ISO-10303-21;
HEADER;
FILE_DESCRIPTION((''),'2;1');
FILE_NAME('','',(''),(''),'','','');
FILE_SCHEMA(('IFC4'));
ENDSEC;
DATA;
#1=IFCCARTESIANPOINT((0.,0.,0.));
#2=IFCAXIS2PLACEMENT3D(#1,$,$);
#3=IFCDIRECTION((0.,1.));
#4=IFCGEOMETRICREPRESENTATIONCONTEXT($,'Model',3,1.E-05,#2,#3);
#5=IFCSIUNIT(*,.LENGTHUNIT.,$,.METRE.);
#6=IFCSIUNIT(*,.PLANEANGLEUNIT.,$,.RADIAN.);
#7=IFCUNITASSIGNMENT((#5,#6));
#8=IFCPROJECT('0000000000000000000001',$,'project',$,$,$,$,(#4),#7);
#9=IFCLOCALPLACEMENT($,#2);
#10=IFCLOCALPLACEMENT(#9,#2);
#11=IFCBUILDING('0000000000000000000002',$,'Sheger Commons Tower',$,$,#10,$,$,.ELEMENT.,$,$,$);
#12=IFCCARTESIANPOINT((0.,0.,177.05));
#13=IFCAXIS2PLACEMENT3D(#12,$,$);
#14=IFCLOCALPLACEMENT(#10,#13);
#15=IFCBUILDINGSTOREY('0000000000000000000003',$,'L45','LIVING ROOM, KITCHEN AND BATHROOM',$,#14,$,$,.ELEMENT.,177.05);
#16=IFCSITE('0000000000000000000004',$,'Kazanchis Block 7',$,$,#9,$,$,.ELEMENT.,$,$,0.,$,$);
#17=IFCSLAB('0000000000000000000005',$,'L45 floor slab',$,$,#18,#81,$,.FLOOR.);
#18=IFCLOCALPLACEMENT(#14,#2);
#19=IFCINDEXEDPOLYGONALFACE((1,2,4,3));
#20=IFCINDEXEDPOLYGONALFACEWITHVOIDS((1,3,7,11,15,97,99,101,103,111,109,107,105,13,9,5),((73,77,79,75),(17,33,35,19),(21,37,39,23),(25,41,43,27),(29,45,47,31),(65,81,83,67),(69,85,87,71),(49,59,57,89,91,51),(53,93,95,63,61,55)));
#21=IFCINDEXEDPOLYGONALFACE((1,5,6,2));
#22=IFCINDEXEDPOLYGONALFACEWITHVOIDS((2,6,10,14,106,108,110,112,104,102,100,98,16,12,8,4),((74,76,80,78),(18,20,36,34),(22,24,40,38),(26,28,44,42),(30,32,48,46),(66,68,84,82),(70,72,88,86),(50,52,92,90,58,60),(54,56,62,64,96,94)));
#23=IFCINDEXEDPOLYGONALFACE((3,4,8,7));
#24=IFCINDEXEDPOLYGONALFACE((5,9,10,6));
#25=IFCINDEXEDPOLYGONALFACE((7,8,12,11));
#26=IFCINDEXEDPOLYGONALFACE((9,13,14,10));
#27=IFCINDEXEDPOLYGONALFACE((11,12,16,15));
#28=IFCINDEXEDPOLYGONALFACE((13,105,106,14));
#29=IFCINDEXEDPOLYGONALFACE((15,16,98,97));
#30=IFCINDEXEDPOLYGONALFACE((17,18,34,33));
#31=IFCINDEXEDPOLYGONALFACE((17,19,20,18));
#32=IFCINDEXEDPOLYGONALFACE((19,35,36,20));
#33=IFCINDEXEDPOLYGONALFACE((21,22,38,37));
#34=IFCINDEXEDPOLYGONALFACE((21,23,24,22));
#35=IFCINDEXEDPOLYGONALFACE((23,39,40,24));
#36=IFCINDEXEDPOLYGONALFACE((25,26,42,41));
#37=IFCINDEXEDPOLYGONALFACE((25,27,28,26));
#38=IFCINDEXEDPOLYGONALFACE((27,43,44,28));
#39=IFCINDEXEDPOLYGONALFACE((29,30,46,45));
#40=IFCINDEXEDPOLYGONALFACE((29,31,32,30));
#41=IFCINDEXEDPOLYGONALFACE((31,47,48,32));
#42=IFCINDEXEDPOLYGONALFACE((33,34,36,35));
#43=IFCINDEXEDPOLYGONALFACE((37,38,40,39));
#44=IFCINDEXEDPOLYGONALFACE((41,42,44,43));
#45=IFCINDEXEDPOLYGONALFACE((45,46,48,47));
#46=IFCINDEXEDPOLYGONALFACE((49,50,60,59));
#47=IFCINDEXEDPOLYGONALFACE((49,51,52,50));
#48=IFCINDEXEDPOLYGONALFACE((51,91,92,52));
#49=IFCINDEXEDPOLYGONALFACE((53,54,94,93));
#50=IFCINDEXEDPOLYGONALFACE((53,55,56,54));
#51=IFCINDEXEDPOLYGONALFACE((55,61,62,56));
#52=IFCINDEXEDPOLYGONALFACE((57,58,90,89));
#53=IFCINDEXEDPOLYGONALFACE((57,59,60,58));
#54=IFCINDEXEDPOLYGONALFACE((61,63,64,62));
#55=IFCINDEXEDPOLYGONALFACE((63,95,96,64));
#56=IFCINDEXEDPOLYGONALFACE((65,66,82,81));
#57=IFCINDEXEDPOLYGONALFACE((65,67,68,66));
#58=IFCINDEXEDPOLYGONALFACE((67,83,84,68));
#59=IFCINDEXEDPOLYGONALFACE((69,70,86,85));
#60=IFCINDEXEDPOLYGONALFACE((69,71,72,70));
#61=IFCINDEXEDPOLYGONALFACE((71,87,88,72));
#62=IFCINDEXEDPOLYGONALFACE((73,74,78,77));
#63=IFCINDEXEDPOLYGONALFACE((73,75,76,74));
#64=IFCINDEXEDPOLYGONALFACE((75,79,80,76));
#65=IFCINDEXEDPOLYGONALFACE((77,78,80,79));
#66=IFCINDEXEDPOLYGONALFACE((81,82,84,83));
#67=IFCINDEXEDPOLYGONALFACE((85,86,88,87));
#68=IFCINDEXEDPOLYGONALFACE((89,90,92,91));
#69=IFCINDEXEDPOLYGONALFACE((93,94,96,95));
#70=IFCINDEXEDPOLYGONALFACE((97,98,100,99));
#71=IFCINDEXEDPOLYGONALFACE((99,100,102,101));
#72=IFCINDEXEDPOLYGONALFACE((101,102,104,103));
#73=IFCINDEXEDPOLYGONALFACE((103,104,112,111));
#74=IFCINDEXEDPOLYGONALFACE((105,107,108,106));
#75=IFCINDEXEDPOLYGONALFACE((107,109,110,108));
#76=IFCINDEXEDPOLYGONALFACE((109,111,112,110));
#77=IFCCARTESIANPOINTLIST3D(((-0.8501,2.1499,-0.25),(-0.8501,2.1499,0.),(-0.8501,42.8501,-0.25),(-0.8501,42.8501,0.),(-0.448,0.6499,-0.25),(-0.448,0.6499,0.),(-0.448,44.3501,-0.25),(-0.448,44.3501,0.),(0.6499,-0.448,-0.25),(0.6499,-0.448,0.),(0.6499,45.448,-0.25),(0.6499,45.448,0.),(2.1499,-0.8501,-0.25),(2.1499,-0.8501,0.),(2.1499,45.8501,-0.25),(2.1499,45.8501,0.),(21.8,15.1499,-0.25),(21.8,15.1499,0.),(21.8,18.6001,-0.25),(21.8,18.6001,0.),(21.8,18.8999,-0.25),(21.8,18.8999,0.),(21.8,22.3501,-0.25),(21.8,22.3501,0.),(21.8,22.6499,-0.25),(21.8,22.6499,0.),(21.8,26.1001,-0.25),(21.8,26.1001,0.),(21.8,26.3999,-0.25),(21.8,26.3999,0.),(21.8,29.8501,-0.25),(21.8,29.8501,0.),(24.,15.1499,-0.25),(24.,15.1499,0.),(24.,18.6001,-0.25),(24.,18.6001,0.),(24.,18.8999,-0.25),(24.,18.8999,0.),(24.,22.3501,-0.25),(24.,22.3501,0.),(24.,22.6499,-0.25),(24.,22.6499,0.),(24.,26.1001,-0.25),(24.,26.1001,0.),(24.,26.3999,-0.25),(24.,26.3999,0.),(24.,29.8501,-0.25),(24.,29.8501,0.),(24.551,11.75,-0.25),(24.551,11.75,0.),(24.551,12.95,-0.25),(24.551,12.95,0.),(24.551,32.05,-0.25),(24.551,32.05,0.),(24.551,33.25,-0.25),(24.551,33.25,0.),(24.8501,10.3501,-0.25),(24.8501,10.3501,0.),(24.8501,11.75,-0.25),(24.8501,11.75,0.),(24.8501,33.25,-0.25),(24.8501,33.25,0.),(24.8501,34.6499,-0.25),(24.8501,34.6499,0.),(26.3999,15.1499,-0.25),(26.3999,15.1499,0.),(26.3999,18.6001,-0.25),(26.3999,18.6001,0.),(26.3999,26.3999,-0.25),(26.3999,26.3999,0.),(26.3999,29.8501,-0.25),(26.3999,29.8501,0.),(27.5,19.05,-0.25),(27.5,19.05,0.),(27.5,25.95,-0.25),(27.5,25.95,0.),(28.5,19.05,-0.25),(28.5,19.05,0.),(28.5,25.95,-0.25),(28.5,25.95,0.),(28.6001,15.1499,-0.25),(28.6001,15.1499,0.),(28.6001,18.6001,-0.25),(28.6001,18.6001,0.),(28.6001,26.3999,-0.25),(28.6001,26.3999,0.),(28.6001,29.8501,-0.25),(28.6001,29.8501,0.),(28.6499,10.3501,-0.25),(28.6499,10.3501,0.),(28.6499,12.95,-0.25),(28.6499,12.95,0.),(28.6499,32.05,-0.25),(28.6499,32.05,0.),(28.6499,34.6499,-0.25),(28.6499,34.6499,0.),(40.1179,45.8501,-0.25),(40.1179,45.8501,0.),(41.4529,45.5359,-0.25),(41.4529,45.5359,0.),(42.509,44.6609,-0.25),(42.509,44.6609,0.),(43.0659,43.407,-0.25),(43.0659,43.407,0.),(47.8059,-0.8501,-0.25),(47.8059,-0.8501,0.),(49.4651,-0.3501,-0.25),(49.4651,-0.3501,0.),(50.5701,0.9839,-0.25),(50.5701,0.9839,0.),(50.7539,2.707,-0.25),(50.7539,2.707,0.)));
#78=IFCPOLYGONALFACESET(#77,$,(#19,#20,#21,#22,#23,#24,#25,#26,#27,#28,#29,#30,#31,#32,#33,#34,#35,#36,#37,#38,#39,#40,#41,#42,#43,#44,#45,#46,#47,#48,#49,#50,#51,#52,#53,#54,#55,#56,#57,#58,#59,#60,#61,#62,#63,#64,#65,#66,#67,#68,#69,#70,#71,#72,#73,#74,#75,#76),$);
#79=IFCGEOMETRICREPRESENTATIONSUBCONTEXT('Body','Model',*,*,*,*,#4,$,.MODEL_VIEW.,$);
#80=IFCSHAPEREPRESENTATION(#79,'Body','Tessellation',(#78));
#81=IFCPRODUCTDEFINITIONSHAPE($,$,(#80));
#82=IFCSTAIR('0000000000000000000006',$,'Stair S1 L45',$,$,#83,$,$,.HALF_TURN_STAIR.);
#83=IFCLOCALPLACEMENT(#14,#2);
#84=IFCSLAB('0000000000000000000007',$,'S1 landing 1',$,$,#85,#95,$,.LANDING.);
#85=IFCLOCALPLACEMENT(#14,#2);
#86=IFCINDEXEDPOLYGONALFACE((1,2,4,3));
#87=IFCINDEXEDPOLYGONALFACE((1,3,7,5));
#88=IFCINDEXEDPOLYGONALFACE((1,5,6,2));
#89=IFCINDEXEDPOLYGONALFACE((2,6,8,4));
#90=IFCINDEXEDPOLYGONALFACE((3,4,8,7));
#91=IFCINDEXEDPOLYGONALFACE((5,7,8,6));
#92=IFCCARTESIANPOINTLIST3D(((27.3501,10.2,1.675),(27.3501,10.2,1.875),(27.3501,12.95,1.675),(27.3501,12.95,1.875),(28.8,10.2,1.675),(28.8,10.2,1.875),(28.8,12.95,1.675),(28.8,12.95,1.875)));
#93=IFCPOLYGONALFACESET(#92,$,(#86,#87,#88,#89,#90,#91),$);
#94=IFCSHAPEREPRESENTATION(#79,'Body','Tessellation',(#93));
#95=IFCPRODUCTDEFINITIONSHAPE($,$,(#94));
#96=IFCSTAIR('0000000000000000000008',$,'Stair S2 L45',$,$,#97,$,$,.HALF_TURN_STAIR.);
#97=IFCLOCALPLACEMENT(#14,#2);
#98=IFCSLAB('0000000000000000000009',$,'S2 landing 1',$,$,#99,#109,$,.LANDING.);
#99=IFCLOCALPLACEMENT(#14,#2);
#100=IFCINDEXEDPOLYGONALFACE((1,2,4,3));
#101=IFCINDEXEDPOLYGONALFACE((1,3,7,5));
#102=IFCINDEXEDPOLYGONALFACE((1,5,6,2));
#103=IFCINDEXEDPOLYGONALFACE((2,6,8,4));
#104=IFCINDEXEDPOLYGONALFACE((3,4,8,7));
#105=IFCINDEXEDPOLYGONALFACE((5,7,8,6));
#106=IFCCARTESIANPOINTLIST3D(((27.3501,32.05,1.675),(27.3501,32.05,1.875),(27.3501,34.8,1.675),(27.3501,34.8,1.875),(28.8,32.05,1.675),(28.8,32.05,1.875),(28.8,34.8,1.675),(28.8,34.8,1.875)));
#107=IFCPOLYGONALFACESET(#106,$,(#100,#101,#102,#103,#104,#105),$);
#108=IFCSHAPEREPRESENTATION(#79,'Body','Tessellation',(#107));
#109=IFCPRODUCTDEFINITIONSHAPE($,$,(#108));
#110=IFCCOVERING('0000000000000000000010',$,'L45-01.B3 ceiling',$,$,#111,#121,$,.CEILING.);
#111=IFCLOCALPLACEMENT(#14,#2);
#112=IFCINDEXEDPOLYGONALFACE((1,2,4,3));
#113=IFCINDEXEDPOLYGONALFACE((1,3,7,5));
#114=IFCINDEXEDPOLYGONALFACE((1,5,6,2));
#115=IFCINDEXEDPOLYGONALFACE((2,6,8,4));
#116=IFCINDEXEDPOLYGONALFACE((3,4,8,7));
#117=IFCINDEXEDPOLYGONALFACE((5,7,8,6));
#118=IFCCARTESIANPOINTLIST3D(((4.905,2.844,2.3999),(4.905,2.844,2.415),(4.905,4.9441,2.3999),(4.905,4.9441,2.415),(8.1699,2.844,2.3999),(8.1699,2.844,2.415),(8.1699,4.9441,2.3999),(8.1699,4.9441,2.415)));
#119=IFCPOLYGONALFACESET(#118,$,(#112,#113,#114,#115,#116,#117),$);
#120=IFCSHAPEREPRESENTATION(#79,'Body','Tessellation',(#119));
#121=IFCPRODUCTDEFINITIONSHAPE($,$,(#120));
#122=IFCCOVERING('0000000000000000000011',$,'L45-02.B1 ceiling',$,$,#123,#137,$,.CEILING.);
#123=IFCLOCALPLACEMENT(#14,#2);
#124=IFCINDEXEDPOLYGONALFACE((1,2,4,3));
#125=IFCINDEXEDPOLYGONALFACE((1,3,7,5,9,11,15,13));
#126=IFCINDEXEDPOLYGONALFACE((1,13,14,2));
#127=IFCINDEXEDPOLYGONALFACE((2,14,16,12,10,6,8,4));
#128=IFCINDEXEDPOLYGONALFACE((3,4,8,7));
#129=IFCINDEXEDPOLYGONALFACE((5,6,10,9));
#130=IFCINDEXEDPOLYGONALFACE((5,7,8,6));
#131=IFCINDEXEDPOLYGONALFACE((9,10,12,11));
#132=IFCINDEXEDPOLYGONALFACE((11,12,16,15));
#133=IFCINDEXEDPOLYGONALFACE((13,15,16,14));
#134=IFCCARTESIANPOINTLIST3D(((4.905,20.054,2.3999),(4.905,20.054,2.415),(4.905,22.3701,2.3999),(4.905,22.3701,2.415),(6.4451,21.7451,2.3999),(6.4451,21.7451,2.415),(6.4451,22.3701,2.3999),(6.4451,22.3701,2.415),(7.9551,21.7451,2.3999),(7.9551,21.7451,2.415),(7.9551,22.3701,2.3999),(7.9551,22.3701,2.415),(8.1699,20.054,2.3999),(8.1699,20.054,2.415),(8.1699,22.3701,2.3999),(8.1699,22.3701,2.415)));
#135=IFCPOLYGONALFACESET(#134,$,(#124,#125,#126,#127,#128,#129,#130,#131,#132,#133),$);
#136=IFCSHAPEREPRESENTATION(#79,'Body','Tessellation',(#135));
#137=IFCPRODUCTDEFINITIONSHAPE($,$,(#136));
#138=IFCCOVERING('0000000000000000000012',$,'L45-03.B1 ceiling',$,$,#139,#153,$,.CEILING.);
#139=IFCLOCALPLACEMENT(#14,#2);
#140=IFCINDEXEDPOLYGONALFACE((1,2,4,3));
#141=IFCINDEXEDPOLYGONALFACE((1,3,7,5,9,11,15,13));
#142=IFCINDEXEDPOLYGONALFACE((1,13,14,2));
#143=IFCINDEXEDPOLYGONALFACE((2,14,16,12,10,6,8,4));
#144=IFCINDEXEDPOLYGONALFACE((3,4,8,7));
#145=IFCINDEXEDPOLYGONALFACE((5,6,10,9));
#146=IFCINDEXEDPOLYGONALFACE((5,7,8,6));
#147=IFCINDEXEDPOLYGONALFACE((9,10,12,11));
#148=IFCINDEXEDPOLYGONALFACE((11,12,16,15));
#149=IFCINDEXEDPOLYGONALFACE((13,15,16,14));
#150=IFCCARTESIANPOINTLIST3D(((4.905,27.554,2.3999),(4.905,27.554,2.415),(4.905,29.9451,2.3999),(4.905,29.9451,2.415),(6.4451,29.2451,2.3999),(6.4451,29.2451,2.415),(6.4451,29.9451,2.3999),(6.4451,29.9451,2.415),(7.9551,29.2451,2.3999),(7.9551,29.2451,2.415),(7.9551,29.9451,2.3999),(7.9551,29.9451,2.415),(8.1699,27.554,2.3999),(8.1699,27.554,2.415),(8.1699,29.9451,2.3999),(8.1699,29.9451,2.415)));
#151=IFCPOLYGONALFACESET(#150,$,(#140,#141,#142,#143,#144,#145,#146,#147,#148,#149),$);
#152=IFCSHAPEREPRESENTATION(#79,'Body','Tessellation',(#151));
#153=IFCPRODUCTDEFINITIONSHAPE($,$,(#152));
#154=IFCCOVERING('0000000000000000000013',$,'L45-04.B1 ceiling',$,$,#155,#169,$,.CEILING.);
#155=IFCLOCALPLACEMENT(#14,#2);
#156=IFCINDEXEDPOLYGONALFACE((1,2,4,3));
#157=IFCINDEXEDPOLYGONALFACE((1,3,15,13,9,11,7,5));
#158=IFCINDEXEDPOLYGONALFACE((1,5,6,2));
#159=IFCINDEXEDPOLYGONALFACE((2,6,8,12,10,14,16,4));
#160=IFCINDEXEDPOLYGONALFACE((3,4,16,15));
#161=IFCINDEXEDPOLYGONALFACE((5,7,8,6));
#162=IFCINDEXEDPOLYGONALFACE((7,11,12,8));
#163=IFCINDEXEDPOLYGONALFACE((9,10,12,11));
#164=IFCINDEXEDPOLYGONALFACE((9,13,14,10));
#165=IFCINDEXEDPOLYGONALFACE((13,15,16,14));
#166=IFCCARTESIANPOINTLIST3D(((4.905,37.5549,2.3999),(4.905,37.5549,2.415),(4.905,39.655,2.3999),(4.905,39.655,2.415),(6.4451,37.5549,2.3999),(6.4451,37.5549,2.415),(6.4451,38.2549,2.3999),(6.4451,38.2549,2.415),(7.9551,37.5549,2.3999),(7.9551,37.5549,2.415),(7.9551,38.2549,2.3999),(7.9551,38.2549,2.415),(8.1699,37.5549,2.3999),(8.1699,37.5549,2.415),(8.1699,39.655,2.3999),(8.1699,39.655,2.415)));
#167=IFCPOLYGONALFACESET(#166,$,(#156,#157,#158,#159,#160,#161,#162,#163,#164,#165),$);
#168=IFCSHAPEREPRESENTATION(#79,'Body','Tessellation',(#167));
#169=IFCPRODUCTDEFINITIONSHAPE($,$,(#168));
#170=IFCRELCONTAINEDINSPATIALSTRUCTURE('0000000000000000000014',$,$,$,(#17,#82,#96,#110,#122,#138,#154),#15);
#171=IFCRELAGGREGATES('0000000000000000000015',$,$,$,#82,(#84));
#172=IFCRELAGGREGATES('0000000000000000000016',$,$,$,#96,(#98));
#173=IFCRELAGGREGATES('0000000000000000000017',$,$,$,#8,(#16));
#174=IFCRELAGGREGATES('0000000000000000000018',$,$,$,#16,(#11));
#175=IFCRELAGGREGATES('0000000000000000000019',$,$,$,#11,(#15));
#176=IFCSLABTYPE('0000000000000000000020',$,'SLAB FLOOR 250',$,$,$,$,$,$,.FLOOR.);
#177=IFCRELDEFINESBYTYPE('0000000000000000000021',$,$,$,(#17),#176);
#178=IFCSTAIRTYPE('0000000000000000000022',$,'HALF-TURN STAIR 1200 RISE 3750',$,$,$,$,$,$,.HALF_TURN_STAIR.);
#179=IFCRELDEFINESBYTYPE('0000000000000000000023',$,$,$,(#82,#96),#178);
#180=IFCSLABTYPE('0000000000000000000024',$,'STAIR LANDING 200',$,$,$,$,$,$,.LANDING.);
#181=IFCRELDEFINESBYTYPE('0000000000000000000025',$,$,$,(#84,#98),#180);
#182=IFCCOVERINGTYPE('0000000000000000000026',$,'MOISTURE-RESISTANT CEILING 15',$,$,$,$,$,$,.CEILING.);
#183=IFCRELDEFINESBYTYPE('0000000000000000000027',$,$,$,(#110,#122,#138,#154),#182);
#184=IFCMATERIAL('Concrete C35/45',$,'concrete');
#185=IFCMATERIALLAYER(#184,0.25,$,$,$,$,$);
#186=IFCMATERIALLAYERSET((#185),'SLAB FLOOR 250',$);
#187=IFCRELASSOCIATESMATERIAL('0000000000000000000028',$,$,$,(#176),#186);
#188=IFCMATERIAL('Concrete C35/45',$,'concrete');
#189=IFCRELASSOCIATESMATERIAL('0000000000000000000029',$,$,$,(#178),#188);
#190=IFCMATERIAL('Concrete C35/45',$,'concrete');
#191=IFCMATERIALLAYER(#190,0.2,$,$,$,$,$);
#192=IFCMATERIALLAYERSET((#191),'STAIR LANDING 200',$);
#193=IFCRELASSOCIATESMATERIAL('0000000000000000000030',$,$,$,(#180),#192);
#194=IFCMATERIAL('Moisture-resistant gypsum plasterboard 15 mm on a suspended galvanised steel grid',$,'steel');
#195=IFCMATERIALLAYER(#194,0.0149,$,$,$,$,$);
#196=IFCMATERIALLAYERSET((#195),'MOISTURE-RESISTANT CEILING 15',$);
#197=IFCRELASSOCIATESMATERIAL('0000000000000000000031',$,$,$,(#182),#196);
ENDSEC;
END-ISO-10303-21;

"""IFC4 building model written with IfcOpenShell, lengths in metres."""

from ifc_helpers import new_model, si_unit, direction, frame, origin, place, context, subcontext, project, spatial, polyline, outline, extrude, material, layer, layer_set, type_object, element, aggregate, save


model = new_model("IFC4")

# Units and contexts
model_context = context("Model", 3, precision=1e-05, world=origin(), true_north=direction((0.0, 1.0)))
body_context = subcontext(model_context, "Body", "Model", "MODEL_VIEW")
ifc_project = project(units=[si_unit("LENGTHUNIT", "METRE"), si_unit("PLANEANGLEUNIT", "RADIAN")], contexts=[model_context])

# Site, building, storey
site_placement = place(None, origin())
site = spatial("IfcSite", under=ifc_project, at=site_placement, Name="Kazanchis Block 7", CompositionType="ELEMENT", RefElevation=0.0)
building_placement = place(site_placement, origin())
building = spatial("IfcBuilding", under=site, at=building_placement, Name="Sheger Commons Tower", CompositionType="ELEMENT")
storey_placement = place(building_placement, frame((0.0, 0.0, 177.05)))
storey = spatial("IfcBuildingStorey", under=building, at=storey_placement, Name="L45", Description="LIVING ROOM, KITCHEN AND BATHROOM", CompositionType="ELEMENT", Elevation=177.05)

# Slab
ifc_material_1 = material(Name="Concrete C35/45", Category="concrete")
ifc_layer_1 = layer(ifc_material_1, 0.25)
ifc_layer_set_1 = layer_set([ifc_layer_1], Name="SLAB FLOOR 250")
slab_type_1 = type_object("IfcSlabType", Name="SLAB FLOOR 250", PredefinedType="FLOOR", material=ifc_layer_set_1)
slab_1_placement = place(storey_placement, frame((0.0, 0.0, -0.25)))
element("IfcSlab", 1, at=slab_1_placement, inside=storey, type_object=slab_type_1, Name="L45 floor slab", PredefinedType="FLOOR", context=body_context, shape_type="SweptSolid", body=[
    extrude(outline(polyline([(-0.8501, 2.1499), (-0.448, 0.6499), (0.6499, -0.448), (2.1499, -0.8501), (47.8059, -0.8501), (49.4651, -0.3501), (50.5701, 0.9839), (50.7539, 2.707), (43.0659, 43.407), (42.509, 44.6609), (41.4529, 45.5359), (40.1179, 45.8501), (2.1499, 45.8501), (0.6499, 45.448), (-0.448, 44.3501), (-0.8501, 42.8501), (-0.8501, 2.1499)]), holes=[polyline([(24.8501, 10.3501), (28.6499, 10.3501), (28.6499, 12.95), (24.551, 12.95), (24.551, 11.75), (24.8501, 11.75), (24.8501, 10.3501)]), polyline([(24.551, 32.05), (28.6499, 32.05), (28.6499, 34.6499), (24.8501, 34.6499), (24.8501, 33.25), (24.551, 33.25), (24.551, 32.05)]), polyline([(26.3999, 15.1499), (28.6001, 15.1499), (28.6001, 18.6001), (26.3999, 18.6001), (26.3999, 15.1499)]), polyline([(26.3999, 26.3999), (28.6001, 26.3999), (28.6001, 29.8501), (26.3999, 29.8501), (26.3999, 26.3999)]), polyline([(21.8, 15.1499), (24.0, 15.1499), (24.0, 18.6001), (21.8, 18.6001), (21.8, 15.1499)]), polyline([(21.8, 18.8999), (24.0, 18.8999), (24.0, 22.3501), (21.8, 22.3501), (21.8, 18.8999)]), polyline([(21.8, 22.6499), (24.0, 22.6499), (24.0, 26.1001), (21.8, 26.1001), (21.8, 22.6499)]), polyline([(21.8, 26.3999), (24.0, 26.3999), (24.0, 29.8501), (21.8, 29.8501), (21.8, 26.3999)]), polyline([(27.5, 19.05), (28.5, 19.05), (28.5, 25.95), (27.5, 25.95), (27.5, 19.05)])]), origin(), (0.0, 0.0, 1.0), 0.25),
])

# Stairs, slabs
ifc_material_2 = material(Name="Concrete C35/45", Category="concrete")
stair_type = type_object("IfcStairType", Name="HALF-TURN STAIR 1200 RISE 3750", PredefinedType="HALF_TURN_STAIR", material=ifc_material_2)
stair_1_placement = place(storey_placement, origin())
stair_1 = element("IfcStair", 2, at=stair_1_placement, inside=storey, type_object=stair_type, Name="Stair S1 L45", PredefinedType="HALF_TURN_STAIR")
ifc_material_3 = material(Name="Concrete C35/45", Category="concrete")
ifc_layer_2 = layer(ifc_material_3, 0.2)
ifc_layer_set_2 = layer_set([ifc_layer_2], Name="STAIR LANDING 200")
slab_type_2 = type_object("IfcSlabType", Name="STAIR LANDING 200", PredefinedType="LANDING", material=ifc_layer_set_2)
slab_2_placement = place(storey_placement, frame((0.0, 0.0, 1.675)))
slab_2 = element("IfcSlab", 3, at=slab_2_placement, type_object=slab_type_2, Name="S1 landing 1", PredefinedType="LANDING", context=body_context, shape_type="SweptSolid", body=[
    extrude(outline(polyline([(27.3501, 10.2), (28.8, 10.2), (28.8, 12.95), (27.3501, 12.95), (27.3501, 10.2)])), origin(), (0.0, 0.0, 1.0), 0.2),
])
aggregate(stair_1, [slab_2])
stair_2_placement = place(storey_placement, origin())
stair_2 = element("IfcStair", 4, at=stair_2_placement, inside=storey, type_object=stair_type, Name="Stair S2 L45", PredefinedType="HALF_TURN_STAIR")
slab_3_placement = place(storey_placement, frame((0.0, 0.0, 1.675)))
slab_3 = element("IfcSlab", 5, at=slab_3_placement, type_object=slab_type_2, Name="S2 landing 1", PredefinedType="LANDING", context=body_context, shape_type="SweptSolid", body=[
    extrude(outline(polyline([(27.3501, 32.05), (28.8, 32.05), (28.8, 34.8), (27.3501, 34.8), (27.3501, 32.05)])), origin(), (0.0, 0.0, 1.0), 0.2),
])
aggregate(stair_2, [slab_3])

# Coverings
ifc_material_4 = material(Name="Moisture-resistant gypsum plasterboard 15 mm on a suspended galvanised steel grid", Category="steel")
ifc_layer_3 = layer(ifc_material_4, 0.0149)
ifc_layer_set_3 = layer_set([ifc_layer_3], Name="MOISTURE-RESISTANT CEILING 15")
covering_type_1 = type_object("IfcCoveringType", Name="MOISTURE-RESISTANT CEILING 15", PredefinedType="CEILING", material=ifc_layer_set_3)
covering_1_placement = place(storey_placement, frame((0.0, 0.0, 2.3999)))
element("IfcCovering", 6, at=covering_1_placement, inside=storey, type_object=covering_type_1, Name="L45-01.B3 ceiling", PredefinedType="CEILING", context=body_context, shape_type="SweptSolid", body=[
    extrude(outline(polyline([(4.905, 2.844), (8.1699, 2.844), (8.1699, 4.9441), (4.905, 4.9441), (4.905, 2.844)])), origin(), (0.0, 0.0, 1.0), 0.0151),
])
covering_2_placement = place(storey_placement, frame((0.0, 0.0, 2.3999)))
element("IfcCovering", 7, at=covering_2_placement, inside=storey, type_object=covering_type_1, Name="L45-02.B1 ceiling", PredefinedType="CEILING", context=body_context, shape_type="SweptSolid", body=[
    extrude(outline(polyline([(4.905, 20.054), (8.1699, 20.054), (8.1699, 22.3701), (7.9551, 22.3701), (7.9551, 21.7451), (6.4451, 21.7451), (6.4451, 22.3701), (4.905, 22.3701), (4.905, 20.054)])), origin(), (0.0, 0.0, 1.0), 0.0151),
])
covering_3_placement = place(storey_placement, frame((0.0, 0.0, 2.3999)))
element("IfcCovering", 8, at=covering_3_placement, inside=storey, type_object=covering_type_1, Name="L45-03.B1 ceiling", PredefinedType="CEILING", context=body_context, shape_type="SweptSolid", body=[
    extrude(outline(polyline([(4.905, 27.554), (8.1699, 27.554), (8.1699, 29.9451), (7.9551, 29.9451), (7.9551, 29.2451), (6.4451, 29.2451), (6.4451, 29.9451), (4.905, 29.9451), (4.905, 27.554)])), origin(), (0.0, 0.0, 1.0), 0.0151),
])
covering_4_placement = place(storey_placement, frame((0.0, 0.0, 2.3999)))
element("IfcCovering", 9, at=covering_4_placement, inside=storey, type_object=covering_type_1, Name="L45-04.B1 ceiling", PredefinedType="CEILING", context=body_context, shape_type="SweptSolid", body=[
    extrude(outline(polyline([(4.905, 37.5549), (6.4451, 37.5549), (6.4451, 38.2549), (7.9551, 38.2549), (7.9551, 37.5549), (8.1699, 37.5549), (8.1699, 39.655), (4.905, 39.655), (4.905, 37.5549)])), origin(), (0.0, 0.0, 1.0), 0.0151),
])

save(model, "model.ifc")
